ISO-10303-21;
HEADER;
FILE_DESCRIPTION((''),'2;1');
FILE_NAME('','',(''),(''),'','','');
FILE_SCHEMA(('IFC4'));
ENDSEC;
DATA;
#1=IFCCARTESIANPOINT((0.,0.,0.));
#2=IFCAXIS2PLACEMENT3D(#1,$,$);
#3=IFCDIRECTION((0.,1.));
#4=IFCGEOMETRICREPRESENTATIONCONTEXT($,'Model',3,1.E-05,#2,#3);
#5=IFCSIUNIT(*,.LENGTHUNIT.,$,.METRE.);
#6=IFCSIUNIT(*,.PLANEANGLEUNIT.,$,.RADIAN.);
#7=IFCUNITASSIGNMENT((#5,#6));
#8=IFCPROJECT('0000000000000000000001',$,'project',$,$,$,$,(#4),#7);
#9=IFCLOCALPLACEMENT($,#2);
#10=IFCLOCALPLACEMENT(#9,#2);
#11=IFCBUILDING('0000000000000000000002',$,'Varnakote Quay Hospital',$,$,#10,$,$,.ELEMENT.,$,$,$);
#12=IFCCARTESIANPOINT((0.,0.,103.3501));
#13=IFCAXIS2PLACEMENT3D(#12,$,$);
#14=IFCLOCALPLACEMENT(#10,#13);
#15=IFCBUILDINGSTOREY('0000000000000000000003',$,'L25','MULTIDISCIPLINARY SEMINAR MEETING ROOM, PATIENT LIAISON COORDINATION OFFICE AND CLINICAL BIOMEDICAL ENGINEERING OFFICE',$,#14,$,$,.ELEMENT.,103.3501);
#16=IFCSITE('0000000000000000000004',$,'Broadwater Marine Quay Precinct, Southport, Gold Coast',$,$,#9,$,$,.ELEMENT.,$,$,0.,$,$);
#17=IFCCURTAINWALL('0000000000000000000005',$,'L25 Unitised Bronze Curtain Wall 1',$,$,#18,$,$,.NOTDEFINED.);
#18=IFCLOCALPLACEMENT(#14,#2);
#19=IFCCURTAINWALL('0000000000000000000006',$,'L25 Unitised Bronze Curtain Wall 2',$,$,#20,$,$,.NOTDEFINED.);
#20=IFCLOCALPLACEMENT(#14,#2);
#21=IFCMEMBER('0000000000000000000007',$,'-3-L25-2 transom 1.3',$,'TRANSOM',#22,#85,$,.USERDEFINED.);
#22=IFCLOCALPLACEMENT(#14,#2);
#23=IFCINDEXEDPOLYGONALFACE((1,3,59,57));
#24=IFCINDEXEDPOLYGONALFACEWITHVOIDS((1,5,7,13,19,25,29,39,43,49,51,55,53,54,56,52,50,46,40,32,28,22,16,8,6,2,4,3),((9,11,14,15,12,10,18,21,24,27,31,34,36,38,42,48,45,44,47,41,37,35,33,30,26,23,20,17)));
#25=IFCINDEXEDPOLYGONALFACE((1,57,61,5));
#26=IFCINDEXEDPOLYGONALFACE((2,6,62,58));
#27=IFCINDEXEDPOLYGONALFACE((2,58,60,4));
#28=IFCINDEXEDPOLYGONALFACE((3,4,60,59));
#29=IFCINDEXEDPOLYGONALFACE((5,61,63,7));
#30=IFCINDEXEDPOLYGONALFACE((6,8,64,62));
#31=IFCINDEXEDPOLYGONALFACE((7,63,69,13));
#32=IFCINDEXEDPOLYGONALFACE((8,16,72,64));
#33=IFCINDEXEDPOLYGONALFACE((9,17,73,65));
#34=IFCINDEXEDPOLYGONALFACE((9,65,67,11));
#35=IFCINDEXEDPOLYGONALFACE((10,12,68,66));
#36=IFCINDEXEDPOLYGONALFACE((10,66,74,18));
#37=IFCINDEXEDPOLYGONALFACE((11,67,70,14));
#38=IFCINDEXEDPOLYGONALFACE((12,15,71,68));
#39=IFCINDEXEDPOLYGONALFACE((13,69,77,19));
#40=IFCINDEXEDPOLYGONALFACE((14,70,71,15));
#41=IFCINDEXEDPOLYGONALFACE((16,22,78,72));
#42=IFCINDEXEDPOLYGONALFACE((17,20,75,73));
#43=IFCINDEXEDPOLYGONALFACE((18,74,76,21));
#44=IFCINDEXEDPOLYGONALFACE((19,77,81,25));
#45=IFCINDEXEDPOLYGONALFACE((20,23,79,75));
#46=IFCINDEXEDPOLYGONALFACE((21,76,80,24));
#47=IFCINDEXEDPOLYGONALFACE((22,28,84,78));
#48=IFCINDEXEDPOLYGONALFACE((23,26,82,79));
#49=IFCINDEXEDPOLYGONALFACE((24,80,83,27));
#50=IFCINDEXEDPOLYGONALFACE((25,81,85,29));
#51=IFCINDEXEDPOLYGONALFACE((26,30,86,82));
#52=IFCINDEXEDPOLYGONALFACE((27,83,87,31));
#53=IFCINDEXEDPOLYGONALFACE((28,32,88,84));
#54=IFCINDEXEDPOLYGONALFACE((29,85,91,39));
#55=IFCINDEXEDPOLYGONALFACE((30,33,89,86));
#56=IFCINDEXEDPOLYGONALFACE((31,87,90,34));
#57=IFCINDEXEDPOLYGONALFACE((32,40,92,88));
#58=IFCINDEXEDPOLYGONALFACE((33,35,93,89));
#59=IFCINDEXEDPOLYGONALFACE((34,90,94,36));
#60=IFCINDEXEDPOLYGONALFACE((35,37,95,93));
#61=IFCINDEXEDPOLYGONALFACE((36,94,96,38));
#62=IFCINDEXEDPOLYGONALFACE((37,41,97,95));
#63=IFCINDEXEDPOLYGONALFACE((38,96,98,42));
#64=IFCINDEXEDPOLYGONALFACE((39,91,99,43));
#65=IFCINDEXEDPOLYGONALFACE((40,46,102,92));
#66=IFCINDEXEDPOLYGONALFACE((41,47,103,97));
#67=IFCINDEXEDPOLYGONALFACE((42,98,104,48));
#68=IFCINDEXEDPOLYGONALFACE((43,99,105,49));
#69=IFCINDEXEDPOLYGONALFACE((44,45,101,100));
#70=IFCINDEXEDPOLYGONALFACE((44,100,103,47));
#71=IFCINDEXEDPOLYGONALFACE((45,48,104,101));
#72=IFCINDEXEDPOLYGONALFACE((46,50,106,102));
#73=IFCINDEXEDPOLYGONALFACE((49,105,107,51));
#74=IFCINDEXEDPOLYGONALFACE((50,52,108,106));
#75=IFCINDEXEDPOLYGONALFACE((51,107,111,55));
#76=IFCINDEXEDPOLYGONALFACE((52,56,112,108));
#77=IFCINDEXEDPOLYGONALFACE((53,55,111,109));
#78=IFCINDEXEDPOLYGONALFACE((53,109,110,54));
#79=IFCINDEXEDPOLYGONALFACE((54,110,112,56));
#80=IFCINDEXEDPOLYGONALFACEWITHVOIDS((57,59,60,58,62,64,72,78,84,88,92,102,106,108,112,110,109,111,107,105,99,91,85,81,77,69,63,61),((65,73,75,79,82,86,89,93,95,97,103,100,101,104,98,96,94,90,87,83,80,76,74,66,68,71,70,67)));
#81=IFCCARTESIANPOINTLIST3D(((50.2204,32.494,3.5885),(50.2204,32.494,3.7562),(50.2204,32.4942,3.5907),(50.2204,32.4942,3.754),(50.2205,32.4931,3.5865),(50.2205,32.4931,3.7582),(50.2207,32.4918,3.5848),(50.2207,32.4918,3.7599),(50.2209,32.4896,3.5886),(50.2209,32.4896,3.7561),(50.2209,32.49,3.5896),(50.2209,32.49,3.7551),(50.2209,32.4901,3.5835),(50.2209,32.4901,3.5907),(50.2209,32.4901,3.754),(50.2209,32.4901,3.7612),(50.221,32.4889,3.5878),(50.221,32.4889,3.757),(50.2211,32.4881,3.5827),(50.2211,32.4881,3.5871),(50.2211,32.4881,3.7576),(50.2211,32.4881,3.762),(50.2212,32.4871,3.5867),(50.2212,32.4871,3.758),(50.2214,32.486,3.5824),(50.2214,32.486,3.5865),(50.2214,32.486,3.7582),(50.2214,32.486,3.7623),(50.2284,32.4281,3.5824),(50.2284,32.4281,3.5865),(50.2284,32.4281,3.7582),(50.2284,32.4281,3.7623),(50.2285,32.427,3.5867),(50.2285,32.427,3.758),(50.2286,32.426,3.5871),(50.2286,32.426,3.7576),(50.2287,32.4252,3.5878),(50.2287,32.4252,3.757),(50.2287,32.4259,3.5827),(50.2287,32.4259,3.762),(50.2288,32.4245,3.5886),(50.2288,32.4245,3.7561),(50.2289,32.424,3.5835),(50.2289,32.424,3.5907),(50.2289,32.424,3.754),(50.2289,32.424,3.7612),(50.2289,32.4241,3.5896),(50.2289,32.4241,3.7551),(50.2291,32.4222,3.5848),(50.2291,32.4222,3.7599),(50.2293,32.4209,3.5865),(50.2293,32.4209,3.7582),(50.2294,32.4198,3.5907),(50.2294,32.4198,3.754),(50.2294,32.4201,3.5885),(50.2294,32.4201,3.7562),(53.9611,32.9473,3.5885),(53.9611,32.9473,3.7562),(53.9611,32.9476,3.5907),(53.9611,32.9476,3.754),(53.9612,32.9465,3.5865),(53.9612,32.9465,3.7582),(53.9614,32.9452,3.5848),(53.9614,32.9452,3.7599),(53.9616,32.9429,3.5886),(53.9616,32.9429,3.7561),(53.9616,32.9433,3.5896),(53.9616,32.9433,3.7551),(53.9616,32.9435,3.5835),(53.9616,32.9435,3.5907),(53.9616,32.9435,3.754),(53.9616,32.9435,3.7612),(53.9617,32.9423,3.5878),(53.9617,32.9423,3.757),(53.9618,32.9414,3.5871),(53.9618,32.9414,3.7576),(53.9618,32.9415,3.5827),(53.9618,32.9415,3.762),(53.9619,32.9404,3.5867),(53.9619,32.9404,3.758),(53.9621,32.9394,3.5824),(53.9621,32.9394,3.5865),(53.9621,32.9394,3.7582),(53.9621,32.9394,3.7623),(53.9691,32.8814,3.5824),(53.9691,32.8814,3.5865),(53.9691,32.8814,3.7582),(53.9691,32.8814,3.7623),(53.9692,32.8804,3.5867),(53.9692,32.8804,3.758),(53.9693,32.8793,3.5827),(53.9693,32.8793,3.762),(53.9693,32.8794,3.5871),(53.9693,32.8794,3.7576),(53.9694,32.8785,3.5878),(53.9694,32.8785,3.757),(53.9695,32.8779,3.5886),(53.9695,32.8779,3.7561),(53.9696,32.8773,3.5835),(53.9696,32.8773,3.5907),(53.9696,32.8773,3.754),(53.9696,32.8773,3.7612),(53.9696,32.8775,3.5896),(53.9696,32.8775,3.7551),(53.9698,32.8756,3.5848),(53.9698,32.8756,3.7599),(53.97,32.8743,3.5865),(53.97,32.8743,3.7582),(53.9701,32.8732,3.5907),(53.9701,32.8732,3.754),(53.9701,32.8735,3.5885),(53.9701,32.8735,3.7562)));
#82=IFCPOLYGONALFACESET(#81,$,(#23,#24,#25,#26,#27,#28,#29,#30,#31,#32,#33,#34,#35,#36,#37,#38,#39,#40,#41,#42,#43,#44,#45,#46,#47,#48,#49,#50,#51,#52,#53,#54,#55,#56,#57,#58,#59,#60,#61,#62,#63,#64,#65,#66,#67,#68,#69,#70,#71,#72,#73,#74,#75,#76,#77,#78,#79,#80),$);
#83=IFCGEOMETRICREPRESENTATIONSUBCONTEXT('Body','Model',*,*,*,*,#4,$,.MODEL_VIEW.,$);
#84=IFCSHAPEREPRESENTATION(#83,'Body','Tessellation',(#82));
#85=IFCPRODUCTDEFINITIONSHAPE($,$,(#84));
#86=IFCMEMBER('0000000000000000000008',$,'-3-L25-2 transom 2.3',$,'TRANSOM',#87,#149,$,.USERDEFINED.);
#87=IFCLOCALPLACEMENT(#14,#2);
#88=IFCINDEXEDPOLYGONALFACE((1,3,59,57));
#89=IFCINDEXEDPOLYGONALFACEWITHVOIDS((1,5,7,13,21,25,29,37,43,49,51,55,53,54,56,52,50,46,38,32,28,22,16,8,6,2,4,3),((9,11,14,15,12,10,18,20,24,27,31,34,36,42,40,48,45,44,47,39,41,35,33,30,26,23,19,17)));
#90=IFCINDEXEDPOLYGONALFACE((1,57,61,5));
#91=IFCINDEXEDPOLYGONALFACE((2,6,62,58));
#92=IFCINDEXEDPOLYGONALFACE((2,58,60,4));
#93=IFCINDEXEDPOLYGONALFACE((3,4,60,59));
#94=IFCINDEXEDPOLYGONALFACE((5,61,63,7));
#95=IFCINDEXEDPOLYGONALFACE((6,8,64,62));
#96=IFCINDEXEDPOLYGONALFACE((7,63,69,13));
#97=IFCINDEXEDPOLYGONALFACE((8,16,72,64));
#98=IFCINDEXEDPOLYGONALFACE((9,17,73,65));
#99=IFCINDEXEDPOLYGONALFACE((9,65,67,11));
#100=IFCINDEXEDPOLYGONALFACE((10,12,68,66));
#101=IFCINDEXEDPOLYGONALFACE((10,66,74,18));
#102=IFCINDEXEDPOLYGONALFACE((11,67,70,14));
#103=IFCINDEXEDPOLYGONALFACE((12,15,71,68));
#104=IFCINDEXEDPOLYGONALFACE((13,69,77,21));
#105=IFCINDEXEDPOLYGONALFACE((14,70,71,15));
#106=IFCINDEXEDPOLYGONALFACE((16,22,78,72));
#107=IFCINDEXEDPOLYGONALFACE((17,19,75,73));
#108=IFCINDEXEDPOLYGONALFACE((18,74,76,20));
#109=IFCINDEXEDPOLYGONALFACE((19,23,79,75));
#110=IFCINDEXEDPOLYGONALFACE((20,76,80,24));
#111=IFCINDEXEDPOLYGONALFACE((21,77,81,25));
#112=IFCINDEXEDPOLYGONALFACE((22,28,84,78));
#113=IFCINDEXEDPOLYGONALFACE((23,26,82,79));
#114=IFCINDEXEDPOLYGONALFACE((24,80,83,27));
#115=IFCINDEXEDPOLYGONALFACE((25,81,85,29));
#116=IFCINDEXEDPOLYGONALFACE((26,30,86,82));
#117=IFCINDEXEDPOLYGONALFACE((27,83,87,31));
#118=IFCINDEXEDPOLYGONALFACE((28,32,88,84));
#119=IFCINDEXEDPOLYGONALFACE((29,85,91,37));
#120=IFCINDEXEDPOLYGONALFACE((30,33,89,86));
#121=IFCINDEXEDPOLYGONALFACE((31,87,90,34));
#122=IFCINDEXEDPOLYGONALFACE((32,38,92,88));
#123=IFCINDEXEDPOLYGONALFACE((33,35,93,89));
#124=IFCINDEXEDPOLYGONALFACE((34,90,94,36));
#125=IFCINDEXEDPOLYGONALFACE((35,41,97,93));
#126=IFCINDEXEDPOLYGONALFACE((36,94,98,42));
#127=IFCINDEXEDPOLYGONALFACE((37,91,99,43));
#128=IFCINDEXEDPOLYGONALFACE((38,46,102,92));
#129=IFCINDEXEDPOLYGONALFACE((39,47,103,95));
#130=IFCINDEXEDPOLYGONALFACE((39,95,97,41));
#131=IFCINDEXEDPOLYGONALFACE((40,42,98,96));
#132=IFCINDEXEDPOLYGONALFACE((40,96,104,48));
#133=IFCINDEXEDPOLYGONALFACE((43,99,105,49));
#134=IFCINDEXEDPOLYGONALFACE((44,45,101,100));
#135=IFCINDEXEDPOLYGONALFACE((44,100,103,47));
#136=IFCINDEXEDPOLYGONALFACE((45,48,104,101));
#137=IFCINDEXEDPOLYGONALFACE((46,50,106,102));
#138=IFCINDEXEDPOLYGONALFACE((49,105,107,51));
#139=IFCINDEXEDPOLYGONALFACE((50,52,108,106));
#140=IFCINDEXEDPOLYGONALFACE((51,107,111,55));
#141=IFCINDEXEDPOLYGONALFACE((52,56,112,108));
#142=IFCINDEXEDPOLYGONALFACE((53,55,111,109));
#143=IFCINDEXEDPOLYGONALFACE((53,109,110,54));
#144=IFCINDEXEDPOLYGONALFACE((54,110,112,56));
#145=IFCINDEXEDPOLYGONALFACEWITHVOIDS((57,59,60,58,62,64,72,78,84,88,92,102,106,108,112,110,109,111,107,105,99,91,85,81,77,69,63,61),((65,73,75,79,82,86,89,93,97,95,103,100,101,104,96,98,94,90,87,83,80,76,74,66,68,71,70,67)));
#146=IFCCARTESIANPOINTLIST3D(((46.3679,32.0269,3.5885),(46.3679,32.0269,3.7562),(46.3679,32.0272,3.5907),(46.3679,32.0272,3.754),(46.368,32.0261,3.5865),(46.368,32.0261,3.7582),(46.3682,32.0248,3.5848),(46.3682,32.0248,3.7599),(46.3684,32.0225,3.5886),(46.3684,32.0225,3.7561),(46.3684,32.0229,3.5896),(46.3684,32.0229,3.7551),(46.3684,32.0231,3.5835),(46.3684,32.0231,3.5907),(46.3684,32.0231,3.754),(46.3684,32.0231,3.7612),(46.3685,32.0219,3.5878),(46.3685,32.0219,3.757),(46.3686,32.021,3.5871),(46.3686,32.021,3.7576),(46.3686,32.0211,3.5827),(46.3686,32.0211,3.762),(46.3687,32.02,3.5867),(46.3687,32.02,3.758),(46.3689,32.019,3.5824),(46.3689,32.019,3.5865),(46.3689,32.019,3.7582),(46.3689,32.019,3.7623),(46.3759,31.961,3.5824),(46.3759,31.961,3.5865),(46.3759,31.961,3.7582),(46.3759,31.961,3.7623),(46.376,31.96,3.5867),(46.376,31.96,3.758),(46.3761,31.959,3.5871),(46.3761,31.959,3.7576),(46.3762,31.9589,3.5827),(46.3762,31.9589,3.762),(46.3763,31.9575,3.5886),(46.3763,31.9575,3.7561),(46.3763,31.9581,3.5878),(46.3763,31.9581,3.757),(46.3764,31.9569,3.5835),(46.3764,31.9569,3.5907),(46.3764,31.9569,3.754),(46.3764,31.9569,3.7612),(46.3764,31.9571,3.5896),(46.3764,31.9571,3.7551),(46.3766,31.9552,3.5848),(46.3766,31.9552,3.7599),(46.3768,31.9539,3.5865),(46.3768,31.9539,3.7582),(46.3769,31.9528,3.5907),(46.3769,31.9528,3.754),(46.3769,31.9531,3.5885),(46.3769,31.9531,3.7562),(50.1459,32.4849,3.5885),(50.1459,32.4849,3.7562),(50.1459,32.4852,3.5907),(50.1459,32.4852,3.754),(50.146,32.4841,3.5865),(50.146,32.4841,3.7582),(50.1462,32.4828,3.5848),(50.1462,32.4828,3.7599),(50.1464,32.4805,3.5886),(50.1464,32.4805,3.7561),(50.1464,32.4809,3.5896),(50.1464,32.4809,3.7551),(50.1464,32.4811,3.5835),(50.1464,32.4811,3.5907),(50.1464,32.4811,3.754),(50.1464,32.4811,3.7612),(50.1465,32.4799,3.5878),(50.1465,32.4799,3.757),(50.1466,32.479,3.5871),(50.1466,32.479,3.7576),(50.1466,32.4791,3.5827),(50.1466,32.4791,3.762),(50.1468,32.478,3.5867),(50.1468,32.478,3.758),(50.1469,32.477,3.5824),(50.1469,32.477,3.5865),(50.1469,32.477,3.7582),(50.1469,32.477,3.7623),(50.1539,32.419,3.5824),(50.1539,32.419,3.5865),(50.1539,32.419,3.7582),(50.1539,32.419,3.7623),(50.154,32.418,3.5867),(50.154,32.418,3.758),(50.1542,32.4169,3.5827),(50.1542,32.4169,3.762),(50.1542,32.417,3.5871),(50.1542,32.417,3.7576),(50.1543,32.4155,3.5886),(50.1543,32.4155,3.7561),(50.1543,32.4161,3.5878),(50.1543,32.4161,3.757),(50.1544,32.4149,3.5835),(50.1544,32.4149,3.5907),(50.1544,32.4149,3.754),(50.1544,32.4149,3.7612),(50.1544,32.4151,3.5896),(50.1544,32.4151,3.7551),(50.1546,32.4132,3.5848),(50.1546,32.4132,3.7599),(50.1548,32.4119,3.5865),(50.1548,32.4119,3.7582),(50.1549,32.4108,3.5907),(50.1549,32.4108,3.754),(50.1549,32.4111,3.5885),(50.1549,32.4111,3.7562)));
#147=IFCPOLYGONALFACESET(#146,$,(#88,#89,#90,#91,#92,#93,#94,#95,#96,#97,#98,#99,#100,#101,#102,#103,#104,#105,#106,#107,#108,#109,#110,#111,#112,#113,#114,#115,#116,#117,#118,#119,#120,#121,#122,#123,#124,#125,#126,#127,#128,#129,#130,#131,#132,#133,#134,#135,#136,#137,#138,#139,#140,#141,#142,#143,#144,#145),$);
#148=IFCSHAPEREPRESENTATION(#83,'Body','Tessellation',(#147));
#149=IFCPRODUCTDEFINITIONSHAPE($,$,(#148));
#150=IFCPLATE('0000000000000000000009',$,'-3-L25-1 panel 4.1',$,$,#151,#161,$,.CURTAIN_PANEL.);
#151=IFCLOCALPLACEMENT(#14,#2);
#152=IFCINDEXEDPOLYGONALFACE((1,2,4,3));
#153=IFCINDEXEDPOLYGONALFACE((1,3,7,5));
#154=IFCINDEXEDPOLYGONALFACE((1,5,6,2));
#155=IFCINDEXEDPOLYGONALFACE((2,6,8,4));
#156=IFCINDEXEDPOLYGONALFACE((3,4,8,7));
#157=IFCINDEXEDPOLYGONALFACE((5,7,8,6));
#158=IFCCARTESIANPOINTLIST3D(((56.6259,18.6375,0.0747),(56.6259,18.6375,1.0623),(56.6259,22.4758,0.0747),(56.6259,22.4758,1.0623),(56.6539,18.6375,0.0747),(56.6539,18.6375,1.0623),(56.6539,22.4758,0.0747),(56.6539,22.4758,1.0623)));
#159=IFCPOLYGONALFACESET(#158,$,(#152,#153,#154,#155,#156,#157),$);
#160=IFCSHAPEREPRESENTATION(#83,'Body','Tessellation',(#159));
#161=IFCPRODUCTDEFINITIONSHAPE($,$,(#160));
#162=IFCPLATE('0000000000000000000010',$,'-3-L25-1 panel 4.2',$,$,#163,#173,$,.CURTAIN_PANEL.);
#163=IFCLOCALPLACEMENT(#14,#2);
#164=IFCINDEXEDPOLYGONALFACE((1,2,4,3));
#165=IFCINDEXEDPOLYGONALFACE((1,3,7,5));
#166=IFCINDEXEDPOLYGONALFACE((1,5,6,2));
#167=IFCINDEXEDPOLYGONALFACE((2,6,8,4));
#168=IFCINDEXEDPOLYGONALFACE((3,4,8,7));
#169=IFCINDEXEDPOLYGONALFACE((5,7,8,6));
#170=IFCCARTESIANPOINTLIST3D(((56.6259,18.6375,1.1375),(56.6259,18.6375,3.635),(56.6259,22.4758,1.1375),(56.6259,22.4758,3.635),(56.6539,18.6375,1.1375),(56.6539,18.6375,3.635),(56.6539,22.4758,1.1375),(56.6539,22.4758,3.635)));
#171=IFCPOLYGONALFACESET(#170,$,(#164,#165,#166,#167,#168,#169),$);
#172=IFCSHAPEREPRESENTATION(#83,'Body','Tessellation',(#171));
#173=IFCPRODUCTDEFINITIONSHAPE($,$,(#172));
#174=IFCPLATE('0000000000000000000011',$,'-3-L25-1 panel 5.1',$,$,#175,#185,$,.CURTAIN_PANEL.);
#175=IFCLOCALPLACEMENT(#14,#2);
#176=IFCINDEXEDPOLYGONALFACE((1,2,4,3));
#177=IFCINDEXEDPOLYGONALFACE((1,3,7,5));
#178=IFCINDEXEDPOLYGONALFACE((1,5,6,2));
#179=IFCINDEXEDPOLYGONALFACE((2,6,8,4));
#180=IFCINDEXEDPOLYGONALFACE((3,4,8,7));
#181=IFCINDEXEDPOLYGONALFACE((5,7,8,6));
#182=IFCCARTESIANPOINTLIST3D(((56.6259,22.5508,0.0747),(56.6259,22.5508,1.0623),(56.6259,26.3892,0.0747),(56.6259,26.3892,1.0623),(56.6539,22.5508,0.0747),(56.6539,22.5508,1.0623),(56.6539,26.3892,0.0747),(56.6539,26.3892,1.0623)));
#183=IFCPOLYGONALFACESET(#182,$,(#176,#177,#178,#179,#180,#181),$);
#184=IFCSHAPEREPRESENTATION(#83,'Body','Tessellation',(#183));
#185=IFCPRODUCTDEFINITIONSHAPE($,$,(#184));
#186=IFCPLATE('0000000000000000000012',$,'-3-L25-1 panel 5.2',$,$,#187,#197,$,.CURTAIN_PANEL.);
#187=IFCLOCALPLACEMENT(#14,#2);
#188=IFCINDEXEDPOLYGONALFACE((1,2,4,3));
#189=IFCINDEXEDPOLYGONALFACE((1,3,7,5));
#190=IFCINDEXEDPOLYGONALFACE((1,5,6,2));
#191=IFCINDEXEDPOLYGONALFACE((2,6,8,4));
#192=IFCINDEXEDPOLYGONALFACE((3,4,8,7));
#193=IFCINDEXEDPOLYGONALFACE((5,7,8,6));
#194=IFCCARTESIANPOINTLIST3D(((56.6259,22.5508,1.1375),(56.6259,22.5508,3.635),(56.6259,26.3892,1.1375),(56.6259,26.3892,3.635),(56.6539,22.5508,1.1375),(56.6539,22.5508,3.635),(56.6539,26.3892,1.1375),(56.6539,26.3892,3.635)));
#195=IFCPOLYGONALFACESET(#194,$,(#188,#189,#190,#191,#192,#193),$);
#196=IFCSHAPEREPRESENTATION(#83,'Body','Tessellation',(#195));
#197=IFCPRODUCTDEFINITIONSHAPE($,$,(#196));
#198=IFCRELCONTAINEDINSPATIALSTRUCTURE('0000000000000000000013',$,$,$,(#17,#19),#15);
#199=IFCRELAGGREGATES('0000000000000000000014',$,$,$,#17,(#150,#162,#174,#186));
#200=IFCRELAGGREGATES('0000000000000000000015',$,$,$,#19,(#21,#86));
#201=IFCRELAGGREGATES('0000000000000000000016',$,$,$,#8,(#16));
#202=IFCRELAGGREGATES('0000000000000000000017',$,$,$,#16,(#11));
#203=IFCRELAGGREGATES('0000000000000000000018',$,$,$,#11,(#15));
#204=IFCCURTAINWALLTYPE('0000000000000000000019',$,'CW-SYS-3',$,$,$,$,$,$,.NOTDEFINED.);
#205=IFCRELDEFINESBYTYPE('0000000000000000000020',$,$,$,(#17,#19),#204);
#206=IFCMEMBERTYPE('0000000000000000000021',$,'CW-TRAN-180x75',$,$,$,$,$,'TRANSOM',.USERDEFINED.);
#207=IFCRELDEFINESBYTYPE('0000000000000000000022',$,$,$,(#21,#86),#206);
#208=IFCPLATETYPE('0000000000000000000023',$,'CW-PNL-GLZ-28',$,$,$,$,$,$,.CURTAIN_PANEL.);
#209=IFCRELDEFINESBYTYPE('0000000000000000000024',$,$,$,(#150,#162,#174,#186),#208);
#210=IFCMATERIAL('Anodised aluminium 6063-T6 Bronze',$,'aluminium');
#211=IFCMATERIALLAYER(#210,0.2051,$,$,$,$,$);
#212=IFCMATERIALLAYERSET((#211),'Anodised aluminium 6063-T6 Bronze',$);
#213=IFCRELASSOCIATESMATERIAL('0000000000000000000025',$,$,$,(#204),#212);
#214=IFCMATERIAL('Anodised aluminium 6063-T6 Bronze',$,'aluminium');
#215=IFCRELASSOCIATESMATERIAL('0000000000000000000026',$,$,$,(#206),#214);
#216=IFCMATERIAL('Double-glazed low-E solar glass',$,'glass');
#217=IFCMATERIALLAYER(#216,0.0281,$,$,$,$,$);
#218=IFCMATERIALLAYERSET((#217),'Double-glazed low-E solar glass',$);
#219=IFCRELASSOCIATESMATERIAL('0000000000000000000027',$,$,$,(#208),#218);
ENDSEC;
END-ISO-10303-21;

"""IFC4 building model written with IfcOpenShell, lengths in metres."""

from ifc_helpers import new_model, si_unit, direction, frame, origin, origin_2d, place, context, subcontext, project, spatial, rectangle, hollow_rectangle, extrude, material, layer, layer_set, material_profile, profile_set, type_object, element, aggregate, save


model = new_model("IFC4")

# Units and contexts
model_context = context("Model", 3, precision=1e-05, world=origin(), true_north=direction((0.0, 1.0)))
body_context = subcontext(model_context, "Body", "Model", "MODEL_VIEW")
ifc_project = project(units=[si_unit("LENGTHUNIT", "METRE"), si_unit("PLANEANGLEUNIT", "RADIAN")], contexts=[model_context])

# Site, building, storey
site_placement = place(None, origin())
site = spatial("IfcSite", under=ifc_project, at=site_placement, Name="Broadwater Marine Quay Precinct, Southport, Gold Coast", CompositionType="ELEMENT", RefElevation=0.0)
building_placement = place(site_placement, origin())
building = spatial("IfcBuilding", under=site, at=building_placement, Name="Varnakote Quay Hospital", CompositionType="ELEMENT")
storey_placement = place(building_placement, frame((0.0, 0.0, 103.3501)))
storey = spatial("IfcBuildingStorey", under=building, at=storey_placement, Name="L25", Description="MULTIDISCIPLINARY SEMINAR MEETING ROOM, PATIENT LIAISON COORDINATION OFFICE AND CLINICAL BIOMEDICAL ENGINEERING OFFICE", CompositionType="ELEMENT", Elevation=103.3501)

# Curtain walls
ifc_material_1 = material(Name="Anodised aluminium 6063-T6 Bronze", Category="aluminium")
ifc_layer_1 = layer(ifc_material_1, 0.2051)
ifc_layer_set_1 = layer_set([ifc_layer_1], Name="Anodised aluminium 6063-T6 Bronze")
curtain_wall_type = type_object("IfcCurtainWallType", Name="CW-SYS-3", PredefinedType="NOTDEFINED", material=ifc_layer_set_1)
curtain_wall_1_placement = place(storey_placement, origin())
curtain_wall_1 = element("IfcCurtainWall", 1, at=curtain_wall_1_placement, inside=storey, type_object=curtain_wall_type, Name="L25 Unitised Bronze Curtain Wall 1", PredefinedType="NOTDEFINED")
curtain_wall_2_placement = place(storey_placement, origin())
curtain_wall_2 = element("IfcCurtainWall", 2, at=curtain_wall_2_placement, inside=storey, type_object=curtain_wall_type, Name="L25 Unitised Bronze Curtain Wall 2", PredefinedType="NOTDEFINED")

# Members
ifc_material_2 = material(Name="Anodised aluminium 6063-T6 Bronze", Category="aluminium")
ifc_material_profile_1 = material_profile(ifc_material_2, hollow_rectangle(XDim=0.075, YDim=0.1799, WallThickness=0.0042, InnerFilletRadius=0.0042, OuterFilletRadius=0.0083, at=origin_2d()), Name="CW-TRAN-180x75")
ifc_profile_set_1 = profile_set([ifc_material_profile_1], Name="Anodised aluminium 6063-T6 Bronze")
member_type_1 = type_object("IfcMemberType", Name="CW-TRAN-180x75", ElementType="TRANSOM", PredefinedType="USERDEFINED", material=ifc_profile_set_1)
member_1_placement = place(storey_placement, frame((53.9656, 32.9104, 3.6724), z_axis=(-0.992735, -0.120318, 0.0), x_axis=(0.120318, -0.992735, 0.0)))
member_1 = element("IfcMember", 3, at=member_1_placement, type_object=member_type_1, Name="-3-L25-2 transom 1.3", ObjectType="TRANSOM", PredefinedType="USERDEFINED", context=body_context, shape_type="SweptSolid", body=[
    extrude(hollow_rectangle(XDim=0.075, YDim=0.1799, WallThickness=0.0042, InnerFilletRadius=0.0042, OuterFilletRadius=0.0083, at=origin_2d()), origin(), (0.0, 0.0, 1.0), 3.7681),
])
member_2_placement = place(storey_placement, frame((50.1504, 32.448, 3.6724), z_axis=(-0.992732, -0.120347, 0.0), x_axis=(0.120347, -0.992732, 0.0)))
member_2 = element("IfcMember", 4, at=member_2_placement, type_object=member_type_1, Name="-3-L25-2 transom 2.3", ObjectType="TRANSOM", PredefinedType="USERDEFINED", context=body_context, shape_type="SweptSolid", body=[
    extrude(hollow_rectangle(XDim=0.075, YDim=0.1799, WallThickness=0.0042, InnerFilletRadius=0.0042, OuterFilletRadius=0.0083, at=origin_2d()), origin(), (0.0, 0.0, 1.0), 3.8057),
])

# Plates
ifc_material_3 = material(Name="Double-glazed low-E solar glass", Category="glass")
ifc_layer_2 = layer(ifc_material_3, 0.0281)
ifc_layer_set_2 = layer_set([ifc_layer_2], Name="Double-glazed low-E solar glass")
plate_type = type_object("IfcPlateType", Name="CW-PNL-GLZ-28", PredefinedType="CURTAIN_PANEL", material=ifc_layer_set_2)
plate_1_placement = place(storey_placement, frame((56.6399, 20.5566, 0.0747), z_axis=(0.0, 0.0, 1.0), x_axis=(0.0, 1.0, 0.0)))
plate_1 = element("IfcPlate", 5, at=plate_1_placement, type_object=plate_type, Name="-3-L25-1 panel 4.1", PredefinedType="CURTAIN_PANEL", context=body_context, shape_type="SweptSolid", body=[
    extrude(rectangle(XDim=3.8384, YDim=0.0281, at=origin_2d()), origin(), (0.0, 0.0, 1.0), 0.9875),
])
plate_2_placement = place(storey_placement, frame((56.6399, 20.5566, 1.1375), z_axis=(0.0, 0.0, 1.0), x_axis=(0.0, 1.0, 0.0)))
plate_2 = element("IfcPlate", 6, at=plate_2_placement, type_object=plate_type, Name="-3-L25-1 panel 4.2", PredefinedType="CURTAIN_PANEL", context=body_context, shape_type="SweptSolid", body=[
    extrude(rectangle(XDim=3.8384, YDim=0.0281, at=origin_2d()), origin(), (0.0, 0.0, 1.0), 2.4976),
])
plate_3_placement = place(storey_placement, frame((56.6399, 24.47, 0.0747), z_axis=(0.0, 0.0, 1.0), x_axis=(0.0, 1.0, 0.0)))
plate_3 = element("IfcPlate", 7, at=plate_3_placement, type_object=plate_type, Name="-3-L25-1 panel 5.1", PredefinedType="CURTAIN_PANEL", context=body_context, shape_type="SweptSolid", body=[
    extrude(rectangle(XDim=3.8384, YDim=0.0281, at=origin_2d()), origin(), (0.0, 0.0, 1.0), 0.9875),
])
plate_4_placement = place(storey_placement, frame((56.6399, 24.47, 1.1375), z_axis=(0.0, 0.0, 1.0), x_axis=(0.0, 1.0, 0.0)))
plate_4 = element("IfcPlate", 8, at=plate_4_placement, type_object=plate_type, Name="-3-L25-1 panel 5.2", PredefinedType="CURTAIN_PANEL", context=body_context, shape_type="SweptSolid", body=[
    extrude(rectangle(XDim=3.8384, YDim=0.0281, at=origin_2d()), origin(), (0.0, 0.0, 1.0), 2.4976),
])
aggregate(curtain_wall_1, [plate_1, plate_2, plate_3, plate_4])
aggregate(curtain_wall_2, [member_1, member_2])

save(model, "model.ifc")
